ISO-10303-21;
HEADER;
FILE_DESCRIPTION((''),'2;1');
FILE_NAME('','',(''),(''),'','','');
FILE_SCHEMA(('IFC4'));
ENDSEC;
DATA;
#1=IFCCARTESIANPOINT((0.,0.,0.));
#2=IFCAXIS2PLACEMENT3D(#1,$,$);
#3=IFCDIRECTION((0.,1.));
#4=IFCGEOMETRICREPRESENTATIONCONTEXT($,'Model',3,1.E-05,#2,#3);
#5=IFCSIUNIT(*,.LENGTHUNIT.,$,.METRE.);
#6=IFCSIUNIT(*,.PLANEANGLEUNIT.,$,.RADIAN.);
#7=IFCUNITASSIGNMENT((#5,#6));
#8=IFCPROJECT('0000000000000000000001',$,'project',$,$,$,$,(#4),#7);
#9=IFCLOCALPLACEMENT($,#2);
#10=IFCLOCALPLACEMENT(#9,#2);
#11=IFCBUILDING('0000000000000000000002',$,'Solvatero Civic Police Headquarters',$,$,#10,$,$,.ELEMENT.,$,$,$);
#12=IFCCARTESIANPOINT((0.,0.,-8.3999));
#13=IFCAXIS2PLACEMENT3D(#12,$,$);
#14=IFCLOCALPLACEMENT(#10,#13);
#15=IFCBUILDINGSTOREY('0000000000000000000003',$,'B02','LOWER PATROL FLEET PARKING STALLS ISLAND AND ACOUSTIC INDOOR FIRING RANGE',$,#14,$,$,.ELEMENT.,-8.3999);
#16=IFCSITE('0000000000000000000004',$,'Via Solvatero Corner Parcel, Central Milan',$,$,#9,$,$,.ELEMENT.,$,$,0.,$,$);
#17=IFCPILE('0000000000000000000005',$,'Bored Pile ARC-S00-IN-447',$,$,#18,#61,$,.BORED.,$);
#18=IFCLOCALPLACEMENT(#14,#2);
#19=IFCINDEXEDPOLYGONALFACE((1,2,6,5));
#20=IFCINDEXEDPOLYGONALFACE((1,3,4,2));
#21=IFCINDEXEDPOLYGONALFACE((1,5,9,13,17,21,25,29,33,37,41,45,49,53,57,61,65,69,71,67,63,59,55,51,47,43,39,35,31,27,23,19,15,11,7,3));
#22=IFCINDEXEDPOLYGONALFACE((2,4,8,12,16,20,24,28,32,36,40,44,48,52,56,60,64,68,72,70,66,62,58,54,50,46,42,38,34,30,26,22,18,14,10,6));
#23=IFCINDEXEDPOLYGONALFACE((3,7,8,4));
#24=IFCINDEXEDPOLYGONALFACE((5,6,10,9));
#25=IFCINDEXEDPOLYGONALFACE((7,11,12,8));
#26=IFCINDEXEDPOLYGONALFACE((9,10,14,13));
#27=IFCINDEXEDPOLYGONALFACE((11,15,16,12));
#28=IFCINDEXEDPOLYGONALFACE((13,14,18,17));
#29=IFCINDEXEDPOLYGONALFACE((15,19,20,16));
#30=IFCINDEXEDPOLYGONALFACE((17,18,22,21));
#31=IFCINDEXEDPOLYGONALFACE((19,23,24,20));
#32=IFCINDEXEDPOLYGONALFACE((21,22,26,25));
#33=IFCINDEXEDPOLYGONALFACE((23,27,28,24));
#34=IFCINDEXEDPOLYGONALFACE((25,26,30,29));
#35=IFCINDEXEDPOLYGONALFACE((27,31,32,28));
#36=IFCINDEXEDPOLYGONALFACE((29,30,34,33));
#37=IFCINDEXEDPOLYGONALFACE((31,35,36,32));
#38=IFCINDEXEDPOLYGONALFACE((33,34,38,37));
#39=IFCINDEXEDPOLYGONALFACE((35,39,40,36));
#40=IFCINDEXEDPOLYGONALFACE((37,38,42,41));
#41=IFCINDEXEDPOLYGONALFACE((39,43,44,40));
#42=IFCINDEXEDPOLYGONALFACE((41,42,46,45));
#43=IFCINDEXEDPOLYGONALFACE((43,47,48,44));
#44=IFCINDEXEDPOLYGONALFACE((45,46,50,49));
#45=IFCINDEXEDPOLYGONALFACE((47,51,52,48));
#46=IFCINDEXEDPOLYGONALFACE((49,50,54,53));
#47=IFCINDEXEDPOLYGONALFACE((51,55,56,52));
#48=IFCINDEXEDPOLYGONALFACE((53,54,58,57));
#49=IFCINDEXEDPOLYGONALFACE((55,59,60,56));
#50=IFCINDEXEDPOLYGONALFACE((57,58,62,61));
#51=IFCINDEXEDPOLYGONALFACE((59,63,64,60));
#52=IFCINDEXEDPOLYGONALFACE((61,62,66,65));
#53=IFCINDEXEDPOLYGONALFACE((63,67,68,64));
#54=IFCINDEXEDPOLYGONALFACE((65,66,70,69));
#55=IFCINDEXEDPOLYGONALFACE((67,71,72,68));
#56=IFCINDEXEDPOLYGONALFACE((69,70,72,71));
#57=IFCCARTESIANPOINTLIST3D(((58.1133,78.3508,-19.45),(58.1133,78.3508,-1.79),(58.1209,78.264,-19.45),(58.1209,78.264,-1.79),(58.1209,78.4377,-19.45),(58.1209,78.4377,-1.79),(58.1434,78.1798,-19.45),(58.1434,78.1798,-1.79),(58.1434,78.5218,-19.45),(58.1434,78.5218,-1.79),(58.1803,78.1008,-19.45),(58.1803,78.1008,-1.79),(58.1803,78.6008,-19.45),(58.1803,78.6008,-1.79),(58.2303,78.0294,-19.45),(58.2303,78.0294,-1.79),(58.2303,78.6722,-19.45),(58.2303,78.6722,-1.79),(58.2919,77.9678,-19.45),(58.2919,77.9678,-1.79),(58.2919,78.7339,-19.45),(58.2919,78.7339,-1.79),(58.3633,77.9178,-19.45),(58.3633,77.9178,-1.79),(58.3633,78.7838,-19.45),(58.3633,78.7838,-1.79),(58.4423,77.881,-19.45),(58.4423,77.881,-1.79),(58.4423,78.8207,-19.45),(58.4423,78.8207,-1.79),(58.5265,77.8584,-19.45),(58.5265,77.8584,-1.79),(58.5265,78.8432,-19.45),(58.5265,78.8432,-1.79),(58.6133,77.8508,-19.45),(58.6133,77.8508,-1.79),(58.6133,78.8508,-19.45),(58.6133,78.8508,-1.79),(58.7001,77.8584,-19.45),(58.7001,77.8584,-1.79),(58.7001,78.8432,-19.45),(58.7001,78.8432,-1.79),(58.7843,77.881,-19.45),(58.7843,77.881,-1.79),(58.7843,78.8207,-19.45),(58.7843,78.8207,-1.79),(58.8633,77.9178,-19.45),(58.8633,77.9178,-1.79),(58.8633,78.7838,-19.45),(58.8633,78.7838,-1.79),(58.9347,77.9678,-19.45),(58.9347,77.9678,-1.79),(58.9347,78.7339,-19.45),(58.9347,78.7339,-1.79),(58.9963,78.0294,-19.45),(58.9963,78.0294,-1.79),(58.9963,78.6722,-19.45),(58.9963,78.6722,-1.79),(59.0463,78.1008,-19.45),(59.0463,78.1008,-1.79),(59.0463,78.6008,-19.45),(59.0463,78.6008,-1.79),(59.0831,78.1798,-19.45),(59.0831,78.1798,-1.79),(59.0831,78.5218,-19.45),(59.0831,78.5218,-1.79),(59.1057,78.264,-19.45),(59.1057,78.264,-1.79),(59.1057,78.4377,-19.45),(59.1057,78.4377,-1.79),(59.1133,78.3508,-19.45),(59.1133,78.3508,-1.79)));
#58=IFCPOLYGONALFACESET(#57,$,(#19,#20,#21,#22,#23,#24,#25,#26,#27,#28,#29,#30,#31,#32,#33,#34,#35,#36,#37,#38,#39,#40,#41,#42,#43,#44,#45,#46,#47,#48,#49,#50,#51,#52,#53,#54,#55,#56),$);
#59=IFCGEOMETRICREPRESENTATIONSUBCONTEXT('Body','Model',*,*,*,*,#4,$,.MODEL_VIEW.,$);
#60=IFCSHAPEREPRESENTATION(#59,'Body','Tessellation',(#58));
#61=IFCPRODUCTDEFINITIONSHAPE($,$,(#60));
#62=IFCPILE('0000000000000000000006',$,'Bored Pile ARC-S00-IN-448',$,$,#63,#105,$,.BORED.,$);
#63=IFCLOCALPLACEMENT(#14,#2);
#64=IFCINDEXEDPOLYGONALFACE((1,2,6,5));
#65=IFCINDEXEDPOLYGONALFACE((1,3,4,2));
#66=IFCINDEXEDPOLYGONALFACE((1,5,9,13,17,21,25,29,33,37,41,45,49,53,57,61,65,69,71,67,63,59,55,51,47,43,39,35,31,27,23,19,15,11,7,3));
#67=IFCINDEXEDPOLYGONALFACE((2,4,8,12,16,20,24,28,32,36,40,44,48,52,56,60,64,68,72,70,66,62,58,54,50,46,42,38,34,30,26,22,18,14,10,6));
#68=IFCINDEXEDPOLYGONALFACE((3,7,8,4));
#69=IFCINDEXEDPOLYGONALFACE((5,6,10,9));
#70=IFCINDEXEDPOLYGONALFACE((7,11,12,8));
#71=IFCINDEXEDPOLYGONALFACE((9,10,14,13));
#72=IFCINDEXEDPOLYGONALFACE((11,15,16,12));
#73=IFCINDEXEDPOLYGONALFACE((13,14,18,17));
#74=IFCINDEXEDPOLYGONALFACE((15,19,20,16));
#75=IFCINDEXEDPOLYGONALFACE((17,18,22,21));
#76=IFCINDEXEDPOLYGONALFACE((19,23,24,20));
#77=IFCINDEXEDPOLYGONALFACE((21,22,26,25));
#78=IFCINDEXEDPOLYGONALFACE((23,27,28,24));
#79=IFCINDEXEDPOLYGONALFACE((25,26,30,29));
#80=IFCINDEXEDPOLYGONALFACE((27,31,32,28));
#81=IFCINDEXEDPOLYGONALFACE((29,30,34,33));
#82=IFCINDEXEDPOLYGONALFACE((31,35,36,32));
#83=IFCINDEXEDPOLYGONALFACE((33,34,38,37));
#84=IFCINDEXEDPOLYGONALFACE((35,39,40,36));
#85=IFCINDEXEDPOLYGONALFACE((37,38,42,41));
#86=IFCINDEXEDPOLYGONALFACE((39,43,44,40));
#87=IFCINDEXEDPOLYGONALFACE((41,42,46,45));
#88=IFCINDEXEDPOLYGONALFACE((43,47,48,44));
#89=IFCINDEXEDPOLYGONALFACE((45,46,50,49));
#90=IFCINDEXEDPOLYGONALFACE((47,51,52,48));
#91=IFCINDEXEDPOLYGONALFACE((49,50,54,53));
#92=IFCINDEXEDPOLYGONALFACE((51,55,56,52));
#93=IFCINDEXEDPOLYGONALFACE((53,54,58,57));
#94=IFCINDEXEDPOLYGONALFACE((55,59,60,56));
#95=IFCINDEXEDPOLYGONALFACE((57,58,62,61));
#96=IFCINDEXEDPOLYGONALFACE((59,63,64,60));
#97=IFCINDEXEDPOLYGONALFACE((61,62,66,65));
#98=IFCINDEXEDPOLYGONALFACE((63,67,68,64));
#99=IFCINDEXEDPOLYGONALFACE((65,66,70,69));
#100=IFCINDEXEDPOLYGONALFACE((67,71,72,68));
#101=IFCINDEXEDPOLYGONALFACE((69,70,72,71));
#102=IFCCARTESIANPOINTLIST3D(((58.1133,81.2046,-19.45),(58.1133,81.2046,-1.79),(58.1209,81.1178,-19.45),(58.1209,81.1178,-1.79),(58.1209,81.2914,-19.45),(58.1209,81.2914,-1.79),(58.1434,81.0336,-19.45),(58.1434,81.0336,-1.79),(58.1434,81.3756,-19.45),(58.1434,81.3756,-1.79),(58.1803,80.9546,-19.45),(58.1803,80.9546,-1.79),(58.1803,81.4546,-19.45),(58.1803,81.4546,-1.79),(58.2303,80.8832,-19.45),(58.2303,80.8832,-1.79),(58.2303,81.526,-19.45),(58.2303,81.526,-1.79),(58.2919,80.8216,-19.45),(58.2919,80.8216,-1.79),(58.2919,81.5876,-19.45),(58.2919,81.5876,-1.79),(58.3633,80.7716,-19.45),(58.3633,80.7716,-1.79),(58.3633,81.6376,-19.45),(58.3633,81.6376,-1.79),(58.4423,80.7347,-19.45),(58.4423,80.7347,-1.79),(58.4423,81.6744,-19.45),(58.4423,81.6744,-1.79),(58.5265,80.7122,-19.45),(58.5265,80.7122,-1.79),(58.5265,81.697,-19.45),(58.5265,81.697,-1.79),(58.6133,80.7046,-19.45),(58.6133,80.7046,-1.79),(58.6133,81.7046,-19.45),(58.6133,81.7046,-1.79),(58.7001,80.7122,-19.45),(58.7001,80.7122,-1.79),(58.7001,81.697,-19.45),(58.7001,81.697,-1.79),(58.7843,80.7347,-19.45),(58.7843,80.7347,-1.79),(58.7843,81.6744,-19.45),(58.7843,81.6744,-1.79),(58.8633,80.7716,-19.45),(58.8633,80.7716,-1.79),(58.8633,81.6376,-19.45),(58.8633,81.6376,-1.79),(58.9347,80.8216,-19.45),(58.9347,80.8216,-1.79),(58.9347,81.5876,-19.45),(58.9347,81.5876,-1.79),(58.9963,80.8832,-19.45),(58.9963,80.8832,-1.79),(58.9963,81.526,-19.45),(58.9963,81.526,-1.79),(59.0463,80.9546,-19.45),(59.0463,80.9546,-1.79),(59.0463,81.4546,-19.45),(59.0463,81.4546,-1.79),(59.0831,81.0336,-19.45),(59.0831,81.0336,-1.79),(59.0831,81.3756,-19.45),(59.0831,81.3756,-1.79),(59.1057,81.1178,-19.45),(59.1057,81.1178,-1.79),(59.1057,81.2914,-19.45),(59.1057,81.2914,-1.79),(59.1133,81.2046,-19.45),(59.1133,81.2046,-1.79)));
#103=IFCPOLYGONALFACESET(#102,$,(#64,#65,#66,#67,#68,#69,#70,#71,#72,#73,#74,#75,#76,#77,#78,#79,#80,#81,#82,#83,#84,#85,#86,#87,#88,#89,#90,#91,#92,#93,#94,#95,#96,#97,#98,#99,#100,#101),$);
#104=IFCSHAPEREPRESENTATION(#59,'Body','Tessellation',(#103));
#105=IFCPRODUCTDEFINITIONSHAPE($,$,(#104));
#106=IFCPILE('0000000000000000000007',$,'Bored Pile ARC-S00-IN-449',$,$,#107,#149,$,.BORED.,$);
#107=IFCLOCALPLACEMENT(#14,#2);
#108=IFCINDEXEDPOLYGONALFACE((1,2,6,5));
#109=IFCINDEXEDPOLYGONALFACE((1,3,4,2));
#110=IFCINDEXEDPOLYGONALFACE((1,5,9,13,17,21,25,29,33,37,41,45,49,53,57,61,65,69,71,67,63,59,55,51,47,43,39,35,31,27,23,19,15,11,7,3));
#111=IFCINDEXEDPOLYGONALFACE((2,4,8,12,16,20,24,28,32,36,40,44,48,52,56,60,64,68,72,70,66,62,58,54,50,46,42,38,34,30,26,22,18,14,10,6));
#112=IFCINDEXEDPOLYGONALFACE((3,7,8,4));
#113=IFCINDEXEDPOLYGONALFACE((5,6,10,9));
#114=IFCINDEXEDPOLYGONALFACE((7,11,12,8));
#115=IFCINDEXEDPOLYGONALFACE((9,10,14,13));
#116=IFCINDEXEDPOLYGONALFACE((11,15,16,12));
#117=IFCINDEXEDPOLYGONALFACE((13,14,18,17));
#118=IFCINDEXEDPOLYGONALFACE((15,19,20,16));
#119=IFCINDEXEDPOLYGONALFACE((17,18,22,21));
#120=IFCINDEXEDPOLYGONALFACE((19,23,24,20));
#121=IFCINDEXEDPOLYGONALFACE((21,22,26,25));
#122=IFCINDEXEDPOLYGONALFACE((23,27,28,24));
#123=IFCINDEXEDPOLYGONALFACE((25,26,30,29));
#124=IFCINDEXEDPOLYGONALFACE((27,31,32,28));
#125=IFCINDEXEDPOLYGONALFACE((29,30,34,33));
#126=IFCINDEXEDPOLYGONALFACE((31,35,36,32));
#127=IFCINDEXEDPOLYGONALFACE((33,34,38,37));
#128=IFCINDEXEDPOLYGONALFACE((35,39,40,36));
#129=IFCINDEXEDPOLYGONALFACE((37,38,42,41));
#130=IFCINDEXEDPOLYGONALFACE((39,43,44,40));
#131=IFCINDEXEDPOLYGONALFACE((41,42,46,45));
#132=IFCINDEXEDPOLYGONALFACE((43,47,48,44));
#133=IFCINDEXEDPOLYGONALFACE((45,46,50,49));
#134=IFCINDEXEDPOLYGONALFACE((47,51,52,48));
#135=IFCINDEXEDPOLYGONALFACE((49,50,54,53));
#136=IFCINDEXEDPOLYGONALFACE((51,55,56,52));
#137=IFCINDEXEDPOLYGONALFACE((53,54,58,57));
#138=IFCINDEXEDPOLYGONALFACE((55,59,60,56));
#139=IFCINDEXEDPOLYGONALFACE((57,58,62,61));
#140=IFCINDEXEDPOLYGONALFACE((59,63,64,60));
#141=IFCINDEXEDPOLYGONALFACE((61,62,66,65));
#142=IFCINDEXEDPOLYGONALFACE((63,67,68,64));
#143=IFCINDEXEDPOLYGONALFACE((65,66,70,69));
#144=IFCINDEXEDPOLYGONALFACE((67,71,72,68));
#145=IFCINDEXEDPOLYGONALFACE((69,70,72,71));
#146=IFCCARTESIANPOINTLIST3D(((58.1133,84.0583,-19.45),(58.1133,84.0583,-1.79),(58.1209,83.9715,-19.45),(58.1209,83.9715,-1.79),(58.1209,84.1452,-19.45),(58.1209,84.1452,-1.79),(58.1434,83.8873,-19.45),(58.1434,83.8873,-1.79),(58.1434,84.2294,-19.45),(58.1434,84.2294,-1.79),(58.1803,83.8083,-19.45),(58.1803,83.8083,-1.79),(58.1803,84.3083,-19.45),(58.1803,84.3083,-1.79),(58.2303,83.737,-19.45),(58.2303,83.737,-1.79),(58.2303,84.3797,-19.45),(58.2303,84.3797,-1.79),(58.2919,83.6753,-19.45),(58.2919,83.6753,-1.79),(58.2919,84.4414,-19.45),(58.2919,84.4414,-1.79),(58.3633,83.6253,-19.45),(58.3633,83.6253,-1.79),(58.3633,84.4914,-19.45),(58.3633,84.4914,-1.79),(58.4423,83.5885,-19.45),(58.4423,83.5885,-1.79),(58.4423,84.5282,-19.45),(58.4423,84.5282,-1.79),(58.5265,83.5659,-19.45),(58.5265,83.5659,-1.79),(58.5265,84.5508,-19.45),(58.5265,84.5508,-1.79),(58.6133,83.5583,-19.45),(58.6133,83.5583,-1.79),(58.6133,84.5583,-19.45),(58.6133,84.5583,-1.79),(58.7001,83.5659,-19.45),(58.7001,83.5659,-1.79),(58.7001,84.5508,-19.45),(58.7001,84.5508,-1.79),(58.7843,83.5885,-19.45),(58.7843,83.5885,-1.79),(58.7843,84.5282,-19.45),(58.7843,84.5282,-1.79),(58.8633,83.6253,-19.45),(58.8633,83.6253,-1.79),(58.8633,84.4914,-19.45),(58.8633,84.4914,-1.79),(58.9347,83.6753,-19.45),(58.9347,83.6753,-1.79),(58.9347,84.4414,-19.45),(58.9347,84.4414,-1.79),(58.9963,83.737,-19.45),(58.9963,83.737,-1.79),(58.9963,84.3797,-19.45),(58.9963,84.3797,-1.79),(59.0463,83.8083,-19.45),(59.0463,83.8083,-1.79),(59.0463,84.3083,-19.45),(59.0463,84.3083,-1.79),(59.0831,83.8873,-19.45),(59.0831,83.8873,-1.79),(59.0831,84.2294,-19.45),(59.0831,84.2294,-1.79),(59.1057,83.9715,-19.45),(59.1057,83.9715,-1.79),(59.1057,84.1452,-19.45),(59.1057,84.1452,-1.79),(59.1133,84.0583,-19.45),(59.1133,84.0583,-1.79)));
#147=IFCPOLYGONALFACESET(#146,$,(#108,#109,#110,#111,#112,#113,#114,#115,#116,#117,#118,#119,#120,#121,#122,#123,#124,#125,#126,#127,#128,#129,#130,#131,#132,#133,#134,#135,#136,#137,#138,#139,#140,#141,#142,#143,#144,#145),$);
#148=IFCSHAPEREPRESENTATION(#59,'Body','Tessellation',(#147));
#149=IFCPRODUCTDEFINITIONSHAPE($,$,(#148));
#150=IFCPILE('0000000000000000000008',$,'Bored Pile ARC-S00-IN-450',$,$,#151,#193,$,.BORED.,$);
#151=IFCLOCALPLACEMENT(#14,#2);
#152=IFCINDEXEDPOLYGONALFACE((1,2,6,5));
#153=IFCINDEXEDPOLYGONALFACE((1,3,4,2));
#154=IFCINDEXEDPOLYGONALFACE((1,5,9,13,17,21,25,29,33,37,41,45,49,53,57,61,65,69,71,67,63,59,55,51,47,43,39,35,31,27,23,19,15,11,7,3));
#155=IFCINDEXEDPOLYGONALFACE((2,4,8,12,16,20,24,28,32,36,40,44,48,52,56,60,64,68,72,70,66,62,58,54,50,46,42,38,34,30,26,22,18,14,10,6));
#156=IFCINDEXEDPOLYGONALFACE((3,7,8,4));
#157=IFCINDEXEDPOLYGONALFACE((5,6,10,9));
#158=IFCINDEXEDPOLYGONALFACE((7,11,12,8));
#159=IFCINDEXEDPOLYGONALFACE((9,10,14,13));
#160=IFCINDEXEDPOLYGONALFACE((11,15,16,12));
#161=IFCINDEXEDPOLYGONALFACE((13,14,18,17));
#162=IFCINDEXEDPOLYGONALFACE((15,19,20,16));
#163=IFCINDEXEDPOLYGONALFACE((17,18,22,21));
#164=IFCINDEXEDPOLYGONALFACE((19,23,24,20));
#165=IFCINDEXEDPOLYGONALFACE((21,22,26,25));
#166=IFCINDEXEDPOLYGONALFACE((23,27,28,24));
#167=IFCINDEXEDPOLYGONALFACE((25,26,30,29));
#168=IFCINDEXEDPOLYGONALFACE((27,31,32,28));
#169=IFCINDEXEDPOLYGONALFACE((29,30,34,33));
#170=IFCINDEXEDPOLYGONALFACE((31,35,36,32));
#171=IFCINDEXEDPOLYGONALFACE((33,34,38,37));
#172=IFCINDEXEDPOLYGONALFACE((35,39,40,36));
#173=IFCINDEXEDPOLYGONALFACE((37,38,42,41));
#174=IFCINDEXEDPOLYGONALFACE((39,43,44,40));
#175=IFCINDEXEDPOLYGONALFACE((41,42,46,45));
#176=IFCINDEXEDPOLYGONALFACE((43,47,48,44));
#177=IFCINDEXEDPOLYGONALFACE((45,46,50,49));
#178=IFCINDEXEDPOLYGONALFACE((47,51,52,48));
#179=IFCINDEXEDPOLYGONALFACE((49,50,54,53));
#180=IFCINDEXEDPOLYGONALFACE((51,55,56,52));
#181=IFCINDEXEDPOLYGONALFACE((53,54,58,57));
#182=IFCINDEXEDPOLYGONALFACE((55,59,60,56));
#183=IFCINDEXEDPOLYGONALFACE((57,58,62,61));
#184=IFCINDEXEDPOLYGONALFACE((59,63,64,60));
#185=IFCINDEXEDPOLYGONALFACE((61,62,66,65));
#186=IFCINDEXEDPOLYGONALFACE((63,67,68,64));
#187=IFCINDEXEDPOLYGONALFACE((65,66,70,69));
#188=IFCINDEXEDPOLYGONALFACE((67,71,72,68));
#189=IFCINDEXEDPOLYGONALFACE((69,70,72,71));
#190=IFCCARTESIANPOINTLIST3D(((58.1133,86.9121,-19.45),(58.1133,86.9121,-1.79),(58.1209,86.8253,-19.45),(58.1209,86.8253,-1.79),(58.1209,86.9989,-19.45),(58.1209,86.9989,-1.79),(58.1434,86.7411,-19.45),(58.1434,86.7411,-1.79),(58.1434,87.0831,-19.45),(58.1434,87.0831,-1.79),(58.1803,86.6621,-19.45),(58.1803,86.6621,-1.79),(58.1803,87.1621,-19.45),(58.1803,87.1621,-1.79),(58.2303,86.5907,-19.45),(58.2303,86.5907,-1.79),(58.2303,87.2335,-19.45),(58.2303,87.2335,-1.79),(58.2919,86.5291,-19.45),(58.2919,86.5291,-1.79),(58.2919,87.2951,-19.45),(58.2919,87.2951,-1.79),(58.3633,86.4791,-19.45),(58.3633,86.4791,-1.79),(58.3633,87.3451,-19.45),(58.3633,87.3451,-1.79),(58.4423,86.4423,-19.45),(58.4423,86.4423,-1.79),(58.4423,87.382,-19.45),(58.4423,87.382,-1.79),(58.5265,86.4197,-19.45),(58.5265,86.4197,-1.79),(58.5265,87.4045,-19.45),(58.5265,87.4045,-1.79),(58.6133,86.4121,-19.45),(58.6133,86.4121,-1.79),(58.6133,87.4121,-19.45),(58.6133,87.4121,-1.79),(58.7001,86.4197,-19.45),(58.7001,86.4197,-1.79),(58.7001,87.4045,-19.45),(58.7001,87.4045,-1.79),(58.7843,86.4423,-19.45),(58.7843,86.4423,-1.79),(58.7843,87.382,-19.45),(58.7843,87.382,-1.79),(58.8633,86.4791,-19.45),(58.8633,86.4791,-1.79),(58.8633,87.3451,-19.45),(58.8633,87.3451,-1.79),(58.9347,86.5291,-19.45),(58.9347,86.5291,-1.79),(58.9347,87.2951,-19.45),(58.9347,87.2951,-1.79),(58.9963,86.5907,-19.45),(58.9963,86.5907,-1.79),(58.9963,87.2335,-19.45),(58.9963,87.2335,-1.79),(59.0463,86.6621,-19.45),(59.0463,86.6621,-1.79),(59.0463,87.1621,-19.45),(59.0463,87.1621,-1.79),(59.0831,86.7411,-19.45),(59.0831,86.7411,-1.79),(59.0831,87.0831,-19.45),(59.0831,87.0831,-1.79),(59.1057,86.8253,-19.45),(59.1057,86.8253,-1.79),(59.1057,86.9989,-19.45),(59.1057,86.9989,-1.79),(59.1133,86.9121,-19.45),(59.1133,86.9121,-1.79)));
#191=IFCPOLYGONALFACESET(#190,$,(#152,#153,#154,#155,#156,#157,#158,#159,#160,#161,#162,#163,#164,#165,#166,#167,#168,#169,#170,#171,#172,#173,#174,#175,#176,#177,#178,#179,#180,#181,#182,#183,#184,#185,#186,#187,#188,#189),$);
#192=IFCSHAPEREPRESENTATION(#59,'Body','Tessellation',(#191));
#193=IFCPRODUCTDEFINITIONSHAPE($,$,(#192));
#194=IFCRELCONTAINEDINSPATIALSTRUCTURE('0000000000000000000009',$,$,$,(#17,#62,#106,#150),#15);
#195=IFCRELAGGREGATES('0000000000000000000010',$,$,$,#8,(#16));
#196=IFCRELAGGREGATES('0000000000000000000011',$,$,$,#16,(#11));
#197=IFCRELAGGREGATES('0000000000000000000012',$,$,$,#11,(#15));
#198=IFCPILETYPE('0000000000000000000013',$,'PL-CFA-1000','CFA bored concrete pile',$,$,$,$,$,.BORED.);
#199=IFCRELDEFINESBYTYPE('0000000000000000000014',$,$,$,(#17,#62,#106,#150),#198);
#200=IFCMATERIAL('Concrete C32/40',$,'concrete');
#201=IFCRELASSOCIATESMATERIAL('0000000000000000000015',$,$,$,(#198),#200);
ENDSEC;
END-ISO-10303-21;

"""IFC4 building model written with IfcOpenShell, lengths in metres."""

from ifc_helpers import new_model, si_unit, direction, frame, origin, origin_2d, place, context, subcontext, project, spatial, circle, extrude, material, material_profile, profile_set, type_object, element, save


model = new_model("IFC4")

# Units and contexts
model_context = context("Model", 3, precision=1e-05, world=origin(), true_north=direction((0.0, 1.0)))
body_context = subcontext(model_context, "Body", "Model", "MODEL_VIEW")
ifc_project = project(units=[si_unit("LENGTHUNIT", "METRE"), si_unit("PLANEANGLEUNIT", "RADIAN")], contexts=[model_context])

# Site, building, storey
site_placement = place(None, origin())
site = spatial("IfcSite", under=ifc_project, at=site_placement, Name="Via Solvatero Corner Parcel, Central Milan", CompositionType="ELEMENT", RefElevation=0.0)
building_placement = place(site_placement, origin())
building = spatial("IfcBuilding", under=site, at=building_placement, Name="Solvatero Civic Police Headquarters", CompositionType="ELEMENT")
storey_placement = place(building_placement, frame((0.0, 0.0, -8.3999)))
storey = spatial("IfcBuildingStorey", under=building, at=storey_placement, Name="B02", Description="LOWER PATROL FLEET PARKING STALLS ISLAND AND ACOUSTIC INDOOR FIRING RANGE", CompositionType="ELEMENT", Elevation=-8.3999)

# Piles
ifc_material_1 = material(Name="Concrete C32/40", Category="concrete")
ifc_material_profile_1 = material_profile(ifc_material_1, circle(Radius=0.5, at=origin_2d()), Name="CFA PILE D1000")
ifc_profile_set_1 = profile_set([ifc_material_profile_1], Name="Concrete C32/40")
pile_type_1 = type_object("IfcPileType", Name="PL-CFA-1000", Description="CFA bored concrete pile", PredefinedType="BORED", material=ifc_profile_set_1)
for number, where, z_axis, x_axis, name in (
    (1, (58.6133, 78.3508, -1.79), (0.0, 0.0, -1.0), (1.0, 0.0, 0.0), "Bored Pile ARC-S00-IN-447"),
    (2, (58.6133, 81.2046, -1.79), (0.0, 0.0, -1.0), (1.0, 0.0, 0.0), "Bored Pile ARC-S00-IN-448"),
    (3, (58.6133, 84.0583, -1.79), (0.0, 0.0, -1.0), (1.0, 0.0, 0.0), "Bored Pile ARC-S00-IN-449"),
    (4, (58.6133, 86.9121, -1.79), (0.0, 0.0, -1.0), (1.0, 0.0, 0.0), "Bored Pile ARC-S00-IN-450"),
):
    element("IfcPile", number, at=place(storey_placement, frame(where, z_axis=z_axis, x_axis=x_axis)), inside=storey, type_object=pile_type_1, Name=name, PredefinedType="BORED", context=body_context, shape_type="SweptSolid", body=[
        extrude(circle(Radius=0.5, at=origin_2d()), origin(), (0.0, 0.0, 1.0), 17.6599),
    ])

save(model, "model.ifc")
